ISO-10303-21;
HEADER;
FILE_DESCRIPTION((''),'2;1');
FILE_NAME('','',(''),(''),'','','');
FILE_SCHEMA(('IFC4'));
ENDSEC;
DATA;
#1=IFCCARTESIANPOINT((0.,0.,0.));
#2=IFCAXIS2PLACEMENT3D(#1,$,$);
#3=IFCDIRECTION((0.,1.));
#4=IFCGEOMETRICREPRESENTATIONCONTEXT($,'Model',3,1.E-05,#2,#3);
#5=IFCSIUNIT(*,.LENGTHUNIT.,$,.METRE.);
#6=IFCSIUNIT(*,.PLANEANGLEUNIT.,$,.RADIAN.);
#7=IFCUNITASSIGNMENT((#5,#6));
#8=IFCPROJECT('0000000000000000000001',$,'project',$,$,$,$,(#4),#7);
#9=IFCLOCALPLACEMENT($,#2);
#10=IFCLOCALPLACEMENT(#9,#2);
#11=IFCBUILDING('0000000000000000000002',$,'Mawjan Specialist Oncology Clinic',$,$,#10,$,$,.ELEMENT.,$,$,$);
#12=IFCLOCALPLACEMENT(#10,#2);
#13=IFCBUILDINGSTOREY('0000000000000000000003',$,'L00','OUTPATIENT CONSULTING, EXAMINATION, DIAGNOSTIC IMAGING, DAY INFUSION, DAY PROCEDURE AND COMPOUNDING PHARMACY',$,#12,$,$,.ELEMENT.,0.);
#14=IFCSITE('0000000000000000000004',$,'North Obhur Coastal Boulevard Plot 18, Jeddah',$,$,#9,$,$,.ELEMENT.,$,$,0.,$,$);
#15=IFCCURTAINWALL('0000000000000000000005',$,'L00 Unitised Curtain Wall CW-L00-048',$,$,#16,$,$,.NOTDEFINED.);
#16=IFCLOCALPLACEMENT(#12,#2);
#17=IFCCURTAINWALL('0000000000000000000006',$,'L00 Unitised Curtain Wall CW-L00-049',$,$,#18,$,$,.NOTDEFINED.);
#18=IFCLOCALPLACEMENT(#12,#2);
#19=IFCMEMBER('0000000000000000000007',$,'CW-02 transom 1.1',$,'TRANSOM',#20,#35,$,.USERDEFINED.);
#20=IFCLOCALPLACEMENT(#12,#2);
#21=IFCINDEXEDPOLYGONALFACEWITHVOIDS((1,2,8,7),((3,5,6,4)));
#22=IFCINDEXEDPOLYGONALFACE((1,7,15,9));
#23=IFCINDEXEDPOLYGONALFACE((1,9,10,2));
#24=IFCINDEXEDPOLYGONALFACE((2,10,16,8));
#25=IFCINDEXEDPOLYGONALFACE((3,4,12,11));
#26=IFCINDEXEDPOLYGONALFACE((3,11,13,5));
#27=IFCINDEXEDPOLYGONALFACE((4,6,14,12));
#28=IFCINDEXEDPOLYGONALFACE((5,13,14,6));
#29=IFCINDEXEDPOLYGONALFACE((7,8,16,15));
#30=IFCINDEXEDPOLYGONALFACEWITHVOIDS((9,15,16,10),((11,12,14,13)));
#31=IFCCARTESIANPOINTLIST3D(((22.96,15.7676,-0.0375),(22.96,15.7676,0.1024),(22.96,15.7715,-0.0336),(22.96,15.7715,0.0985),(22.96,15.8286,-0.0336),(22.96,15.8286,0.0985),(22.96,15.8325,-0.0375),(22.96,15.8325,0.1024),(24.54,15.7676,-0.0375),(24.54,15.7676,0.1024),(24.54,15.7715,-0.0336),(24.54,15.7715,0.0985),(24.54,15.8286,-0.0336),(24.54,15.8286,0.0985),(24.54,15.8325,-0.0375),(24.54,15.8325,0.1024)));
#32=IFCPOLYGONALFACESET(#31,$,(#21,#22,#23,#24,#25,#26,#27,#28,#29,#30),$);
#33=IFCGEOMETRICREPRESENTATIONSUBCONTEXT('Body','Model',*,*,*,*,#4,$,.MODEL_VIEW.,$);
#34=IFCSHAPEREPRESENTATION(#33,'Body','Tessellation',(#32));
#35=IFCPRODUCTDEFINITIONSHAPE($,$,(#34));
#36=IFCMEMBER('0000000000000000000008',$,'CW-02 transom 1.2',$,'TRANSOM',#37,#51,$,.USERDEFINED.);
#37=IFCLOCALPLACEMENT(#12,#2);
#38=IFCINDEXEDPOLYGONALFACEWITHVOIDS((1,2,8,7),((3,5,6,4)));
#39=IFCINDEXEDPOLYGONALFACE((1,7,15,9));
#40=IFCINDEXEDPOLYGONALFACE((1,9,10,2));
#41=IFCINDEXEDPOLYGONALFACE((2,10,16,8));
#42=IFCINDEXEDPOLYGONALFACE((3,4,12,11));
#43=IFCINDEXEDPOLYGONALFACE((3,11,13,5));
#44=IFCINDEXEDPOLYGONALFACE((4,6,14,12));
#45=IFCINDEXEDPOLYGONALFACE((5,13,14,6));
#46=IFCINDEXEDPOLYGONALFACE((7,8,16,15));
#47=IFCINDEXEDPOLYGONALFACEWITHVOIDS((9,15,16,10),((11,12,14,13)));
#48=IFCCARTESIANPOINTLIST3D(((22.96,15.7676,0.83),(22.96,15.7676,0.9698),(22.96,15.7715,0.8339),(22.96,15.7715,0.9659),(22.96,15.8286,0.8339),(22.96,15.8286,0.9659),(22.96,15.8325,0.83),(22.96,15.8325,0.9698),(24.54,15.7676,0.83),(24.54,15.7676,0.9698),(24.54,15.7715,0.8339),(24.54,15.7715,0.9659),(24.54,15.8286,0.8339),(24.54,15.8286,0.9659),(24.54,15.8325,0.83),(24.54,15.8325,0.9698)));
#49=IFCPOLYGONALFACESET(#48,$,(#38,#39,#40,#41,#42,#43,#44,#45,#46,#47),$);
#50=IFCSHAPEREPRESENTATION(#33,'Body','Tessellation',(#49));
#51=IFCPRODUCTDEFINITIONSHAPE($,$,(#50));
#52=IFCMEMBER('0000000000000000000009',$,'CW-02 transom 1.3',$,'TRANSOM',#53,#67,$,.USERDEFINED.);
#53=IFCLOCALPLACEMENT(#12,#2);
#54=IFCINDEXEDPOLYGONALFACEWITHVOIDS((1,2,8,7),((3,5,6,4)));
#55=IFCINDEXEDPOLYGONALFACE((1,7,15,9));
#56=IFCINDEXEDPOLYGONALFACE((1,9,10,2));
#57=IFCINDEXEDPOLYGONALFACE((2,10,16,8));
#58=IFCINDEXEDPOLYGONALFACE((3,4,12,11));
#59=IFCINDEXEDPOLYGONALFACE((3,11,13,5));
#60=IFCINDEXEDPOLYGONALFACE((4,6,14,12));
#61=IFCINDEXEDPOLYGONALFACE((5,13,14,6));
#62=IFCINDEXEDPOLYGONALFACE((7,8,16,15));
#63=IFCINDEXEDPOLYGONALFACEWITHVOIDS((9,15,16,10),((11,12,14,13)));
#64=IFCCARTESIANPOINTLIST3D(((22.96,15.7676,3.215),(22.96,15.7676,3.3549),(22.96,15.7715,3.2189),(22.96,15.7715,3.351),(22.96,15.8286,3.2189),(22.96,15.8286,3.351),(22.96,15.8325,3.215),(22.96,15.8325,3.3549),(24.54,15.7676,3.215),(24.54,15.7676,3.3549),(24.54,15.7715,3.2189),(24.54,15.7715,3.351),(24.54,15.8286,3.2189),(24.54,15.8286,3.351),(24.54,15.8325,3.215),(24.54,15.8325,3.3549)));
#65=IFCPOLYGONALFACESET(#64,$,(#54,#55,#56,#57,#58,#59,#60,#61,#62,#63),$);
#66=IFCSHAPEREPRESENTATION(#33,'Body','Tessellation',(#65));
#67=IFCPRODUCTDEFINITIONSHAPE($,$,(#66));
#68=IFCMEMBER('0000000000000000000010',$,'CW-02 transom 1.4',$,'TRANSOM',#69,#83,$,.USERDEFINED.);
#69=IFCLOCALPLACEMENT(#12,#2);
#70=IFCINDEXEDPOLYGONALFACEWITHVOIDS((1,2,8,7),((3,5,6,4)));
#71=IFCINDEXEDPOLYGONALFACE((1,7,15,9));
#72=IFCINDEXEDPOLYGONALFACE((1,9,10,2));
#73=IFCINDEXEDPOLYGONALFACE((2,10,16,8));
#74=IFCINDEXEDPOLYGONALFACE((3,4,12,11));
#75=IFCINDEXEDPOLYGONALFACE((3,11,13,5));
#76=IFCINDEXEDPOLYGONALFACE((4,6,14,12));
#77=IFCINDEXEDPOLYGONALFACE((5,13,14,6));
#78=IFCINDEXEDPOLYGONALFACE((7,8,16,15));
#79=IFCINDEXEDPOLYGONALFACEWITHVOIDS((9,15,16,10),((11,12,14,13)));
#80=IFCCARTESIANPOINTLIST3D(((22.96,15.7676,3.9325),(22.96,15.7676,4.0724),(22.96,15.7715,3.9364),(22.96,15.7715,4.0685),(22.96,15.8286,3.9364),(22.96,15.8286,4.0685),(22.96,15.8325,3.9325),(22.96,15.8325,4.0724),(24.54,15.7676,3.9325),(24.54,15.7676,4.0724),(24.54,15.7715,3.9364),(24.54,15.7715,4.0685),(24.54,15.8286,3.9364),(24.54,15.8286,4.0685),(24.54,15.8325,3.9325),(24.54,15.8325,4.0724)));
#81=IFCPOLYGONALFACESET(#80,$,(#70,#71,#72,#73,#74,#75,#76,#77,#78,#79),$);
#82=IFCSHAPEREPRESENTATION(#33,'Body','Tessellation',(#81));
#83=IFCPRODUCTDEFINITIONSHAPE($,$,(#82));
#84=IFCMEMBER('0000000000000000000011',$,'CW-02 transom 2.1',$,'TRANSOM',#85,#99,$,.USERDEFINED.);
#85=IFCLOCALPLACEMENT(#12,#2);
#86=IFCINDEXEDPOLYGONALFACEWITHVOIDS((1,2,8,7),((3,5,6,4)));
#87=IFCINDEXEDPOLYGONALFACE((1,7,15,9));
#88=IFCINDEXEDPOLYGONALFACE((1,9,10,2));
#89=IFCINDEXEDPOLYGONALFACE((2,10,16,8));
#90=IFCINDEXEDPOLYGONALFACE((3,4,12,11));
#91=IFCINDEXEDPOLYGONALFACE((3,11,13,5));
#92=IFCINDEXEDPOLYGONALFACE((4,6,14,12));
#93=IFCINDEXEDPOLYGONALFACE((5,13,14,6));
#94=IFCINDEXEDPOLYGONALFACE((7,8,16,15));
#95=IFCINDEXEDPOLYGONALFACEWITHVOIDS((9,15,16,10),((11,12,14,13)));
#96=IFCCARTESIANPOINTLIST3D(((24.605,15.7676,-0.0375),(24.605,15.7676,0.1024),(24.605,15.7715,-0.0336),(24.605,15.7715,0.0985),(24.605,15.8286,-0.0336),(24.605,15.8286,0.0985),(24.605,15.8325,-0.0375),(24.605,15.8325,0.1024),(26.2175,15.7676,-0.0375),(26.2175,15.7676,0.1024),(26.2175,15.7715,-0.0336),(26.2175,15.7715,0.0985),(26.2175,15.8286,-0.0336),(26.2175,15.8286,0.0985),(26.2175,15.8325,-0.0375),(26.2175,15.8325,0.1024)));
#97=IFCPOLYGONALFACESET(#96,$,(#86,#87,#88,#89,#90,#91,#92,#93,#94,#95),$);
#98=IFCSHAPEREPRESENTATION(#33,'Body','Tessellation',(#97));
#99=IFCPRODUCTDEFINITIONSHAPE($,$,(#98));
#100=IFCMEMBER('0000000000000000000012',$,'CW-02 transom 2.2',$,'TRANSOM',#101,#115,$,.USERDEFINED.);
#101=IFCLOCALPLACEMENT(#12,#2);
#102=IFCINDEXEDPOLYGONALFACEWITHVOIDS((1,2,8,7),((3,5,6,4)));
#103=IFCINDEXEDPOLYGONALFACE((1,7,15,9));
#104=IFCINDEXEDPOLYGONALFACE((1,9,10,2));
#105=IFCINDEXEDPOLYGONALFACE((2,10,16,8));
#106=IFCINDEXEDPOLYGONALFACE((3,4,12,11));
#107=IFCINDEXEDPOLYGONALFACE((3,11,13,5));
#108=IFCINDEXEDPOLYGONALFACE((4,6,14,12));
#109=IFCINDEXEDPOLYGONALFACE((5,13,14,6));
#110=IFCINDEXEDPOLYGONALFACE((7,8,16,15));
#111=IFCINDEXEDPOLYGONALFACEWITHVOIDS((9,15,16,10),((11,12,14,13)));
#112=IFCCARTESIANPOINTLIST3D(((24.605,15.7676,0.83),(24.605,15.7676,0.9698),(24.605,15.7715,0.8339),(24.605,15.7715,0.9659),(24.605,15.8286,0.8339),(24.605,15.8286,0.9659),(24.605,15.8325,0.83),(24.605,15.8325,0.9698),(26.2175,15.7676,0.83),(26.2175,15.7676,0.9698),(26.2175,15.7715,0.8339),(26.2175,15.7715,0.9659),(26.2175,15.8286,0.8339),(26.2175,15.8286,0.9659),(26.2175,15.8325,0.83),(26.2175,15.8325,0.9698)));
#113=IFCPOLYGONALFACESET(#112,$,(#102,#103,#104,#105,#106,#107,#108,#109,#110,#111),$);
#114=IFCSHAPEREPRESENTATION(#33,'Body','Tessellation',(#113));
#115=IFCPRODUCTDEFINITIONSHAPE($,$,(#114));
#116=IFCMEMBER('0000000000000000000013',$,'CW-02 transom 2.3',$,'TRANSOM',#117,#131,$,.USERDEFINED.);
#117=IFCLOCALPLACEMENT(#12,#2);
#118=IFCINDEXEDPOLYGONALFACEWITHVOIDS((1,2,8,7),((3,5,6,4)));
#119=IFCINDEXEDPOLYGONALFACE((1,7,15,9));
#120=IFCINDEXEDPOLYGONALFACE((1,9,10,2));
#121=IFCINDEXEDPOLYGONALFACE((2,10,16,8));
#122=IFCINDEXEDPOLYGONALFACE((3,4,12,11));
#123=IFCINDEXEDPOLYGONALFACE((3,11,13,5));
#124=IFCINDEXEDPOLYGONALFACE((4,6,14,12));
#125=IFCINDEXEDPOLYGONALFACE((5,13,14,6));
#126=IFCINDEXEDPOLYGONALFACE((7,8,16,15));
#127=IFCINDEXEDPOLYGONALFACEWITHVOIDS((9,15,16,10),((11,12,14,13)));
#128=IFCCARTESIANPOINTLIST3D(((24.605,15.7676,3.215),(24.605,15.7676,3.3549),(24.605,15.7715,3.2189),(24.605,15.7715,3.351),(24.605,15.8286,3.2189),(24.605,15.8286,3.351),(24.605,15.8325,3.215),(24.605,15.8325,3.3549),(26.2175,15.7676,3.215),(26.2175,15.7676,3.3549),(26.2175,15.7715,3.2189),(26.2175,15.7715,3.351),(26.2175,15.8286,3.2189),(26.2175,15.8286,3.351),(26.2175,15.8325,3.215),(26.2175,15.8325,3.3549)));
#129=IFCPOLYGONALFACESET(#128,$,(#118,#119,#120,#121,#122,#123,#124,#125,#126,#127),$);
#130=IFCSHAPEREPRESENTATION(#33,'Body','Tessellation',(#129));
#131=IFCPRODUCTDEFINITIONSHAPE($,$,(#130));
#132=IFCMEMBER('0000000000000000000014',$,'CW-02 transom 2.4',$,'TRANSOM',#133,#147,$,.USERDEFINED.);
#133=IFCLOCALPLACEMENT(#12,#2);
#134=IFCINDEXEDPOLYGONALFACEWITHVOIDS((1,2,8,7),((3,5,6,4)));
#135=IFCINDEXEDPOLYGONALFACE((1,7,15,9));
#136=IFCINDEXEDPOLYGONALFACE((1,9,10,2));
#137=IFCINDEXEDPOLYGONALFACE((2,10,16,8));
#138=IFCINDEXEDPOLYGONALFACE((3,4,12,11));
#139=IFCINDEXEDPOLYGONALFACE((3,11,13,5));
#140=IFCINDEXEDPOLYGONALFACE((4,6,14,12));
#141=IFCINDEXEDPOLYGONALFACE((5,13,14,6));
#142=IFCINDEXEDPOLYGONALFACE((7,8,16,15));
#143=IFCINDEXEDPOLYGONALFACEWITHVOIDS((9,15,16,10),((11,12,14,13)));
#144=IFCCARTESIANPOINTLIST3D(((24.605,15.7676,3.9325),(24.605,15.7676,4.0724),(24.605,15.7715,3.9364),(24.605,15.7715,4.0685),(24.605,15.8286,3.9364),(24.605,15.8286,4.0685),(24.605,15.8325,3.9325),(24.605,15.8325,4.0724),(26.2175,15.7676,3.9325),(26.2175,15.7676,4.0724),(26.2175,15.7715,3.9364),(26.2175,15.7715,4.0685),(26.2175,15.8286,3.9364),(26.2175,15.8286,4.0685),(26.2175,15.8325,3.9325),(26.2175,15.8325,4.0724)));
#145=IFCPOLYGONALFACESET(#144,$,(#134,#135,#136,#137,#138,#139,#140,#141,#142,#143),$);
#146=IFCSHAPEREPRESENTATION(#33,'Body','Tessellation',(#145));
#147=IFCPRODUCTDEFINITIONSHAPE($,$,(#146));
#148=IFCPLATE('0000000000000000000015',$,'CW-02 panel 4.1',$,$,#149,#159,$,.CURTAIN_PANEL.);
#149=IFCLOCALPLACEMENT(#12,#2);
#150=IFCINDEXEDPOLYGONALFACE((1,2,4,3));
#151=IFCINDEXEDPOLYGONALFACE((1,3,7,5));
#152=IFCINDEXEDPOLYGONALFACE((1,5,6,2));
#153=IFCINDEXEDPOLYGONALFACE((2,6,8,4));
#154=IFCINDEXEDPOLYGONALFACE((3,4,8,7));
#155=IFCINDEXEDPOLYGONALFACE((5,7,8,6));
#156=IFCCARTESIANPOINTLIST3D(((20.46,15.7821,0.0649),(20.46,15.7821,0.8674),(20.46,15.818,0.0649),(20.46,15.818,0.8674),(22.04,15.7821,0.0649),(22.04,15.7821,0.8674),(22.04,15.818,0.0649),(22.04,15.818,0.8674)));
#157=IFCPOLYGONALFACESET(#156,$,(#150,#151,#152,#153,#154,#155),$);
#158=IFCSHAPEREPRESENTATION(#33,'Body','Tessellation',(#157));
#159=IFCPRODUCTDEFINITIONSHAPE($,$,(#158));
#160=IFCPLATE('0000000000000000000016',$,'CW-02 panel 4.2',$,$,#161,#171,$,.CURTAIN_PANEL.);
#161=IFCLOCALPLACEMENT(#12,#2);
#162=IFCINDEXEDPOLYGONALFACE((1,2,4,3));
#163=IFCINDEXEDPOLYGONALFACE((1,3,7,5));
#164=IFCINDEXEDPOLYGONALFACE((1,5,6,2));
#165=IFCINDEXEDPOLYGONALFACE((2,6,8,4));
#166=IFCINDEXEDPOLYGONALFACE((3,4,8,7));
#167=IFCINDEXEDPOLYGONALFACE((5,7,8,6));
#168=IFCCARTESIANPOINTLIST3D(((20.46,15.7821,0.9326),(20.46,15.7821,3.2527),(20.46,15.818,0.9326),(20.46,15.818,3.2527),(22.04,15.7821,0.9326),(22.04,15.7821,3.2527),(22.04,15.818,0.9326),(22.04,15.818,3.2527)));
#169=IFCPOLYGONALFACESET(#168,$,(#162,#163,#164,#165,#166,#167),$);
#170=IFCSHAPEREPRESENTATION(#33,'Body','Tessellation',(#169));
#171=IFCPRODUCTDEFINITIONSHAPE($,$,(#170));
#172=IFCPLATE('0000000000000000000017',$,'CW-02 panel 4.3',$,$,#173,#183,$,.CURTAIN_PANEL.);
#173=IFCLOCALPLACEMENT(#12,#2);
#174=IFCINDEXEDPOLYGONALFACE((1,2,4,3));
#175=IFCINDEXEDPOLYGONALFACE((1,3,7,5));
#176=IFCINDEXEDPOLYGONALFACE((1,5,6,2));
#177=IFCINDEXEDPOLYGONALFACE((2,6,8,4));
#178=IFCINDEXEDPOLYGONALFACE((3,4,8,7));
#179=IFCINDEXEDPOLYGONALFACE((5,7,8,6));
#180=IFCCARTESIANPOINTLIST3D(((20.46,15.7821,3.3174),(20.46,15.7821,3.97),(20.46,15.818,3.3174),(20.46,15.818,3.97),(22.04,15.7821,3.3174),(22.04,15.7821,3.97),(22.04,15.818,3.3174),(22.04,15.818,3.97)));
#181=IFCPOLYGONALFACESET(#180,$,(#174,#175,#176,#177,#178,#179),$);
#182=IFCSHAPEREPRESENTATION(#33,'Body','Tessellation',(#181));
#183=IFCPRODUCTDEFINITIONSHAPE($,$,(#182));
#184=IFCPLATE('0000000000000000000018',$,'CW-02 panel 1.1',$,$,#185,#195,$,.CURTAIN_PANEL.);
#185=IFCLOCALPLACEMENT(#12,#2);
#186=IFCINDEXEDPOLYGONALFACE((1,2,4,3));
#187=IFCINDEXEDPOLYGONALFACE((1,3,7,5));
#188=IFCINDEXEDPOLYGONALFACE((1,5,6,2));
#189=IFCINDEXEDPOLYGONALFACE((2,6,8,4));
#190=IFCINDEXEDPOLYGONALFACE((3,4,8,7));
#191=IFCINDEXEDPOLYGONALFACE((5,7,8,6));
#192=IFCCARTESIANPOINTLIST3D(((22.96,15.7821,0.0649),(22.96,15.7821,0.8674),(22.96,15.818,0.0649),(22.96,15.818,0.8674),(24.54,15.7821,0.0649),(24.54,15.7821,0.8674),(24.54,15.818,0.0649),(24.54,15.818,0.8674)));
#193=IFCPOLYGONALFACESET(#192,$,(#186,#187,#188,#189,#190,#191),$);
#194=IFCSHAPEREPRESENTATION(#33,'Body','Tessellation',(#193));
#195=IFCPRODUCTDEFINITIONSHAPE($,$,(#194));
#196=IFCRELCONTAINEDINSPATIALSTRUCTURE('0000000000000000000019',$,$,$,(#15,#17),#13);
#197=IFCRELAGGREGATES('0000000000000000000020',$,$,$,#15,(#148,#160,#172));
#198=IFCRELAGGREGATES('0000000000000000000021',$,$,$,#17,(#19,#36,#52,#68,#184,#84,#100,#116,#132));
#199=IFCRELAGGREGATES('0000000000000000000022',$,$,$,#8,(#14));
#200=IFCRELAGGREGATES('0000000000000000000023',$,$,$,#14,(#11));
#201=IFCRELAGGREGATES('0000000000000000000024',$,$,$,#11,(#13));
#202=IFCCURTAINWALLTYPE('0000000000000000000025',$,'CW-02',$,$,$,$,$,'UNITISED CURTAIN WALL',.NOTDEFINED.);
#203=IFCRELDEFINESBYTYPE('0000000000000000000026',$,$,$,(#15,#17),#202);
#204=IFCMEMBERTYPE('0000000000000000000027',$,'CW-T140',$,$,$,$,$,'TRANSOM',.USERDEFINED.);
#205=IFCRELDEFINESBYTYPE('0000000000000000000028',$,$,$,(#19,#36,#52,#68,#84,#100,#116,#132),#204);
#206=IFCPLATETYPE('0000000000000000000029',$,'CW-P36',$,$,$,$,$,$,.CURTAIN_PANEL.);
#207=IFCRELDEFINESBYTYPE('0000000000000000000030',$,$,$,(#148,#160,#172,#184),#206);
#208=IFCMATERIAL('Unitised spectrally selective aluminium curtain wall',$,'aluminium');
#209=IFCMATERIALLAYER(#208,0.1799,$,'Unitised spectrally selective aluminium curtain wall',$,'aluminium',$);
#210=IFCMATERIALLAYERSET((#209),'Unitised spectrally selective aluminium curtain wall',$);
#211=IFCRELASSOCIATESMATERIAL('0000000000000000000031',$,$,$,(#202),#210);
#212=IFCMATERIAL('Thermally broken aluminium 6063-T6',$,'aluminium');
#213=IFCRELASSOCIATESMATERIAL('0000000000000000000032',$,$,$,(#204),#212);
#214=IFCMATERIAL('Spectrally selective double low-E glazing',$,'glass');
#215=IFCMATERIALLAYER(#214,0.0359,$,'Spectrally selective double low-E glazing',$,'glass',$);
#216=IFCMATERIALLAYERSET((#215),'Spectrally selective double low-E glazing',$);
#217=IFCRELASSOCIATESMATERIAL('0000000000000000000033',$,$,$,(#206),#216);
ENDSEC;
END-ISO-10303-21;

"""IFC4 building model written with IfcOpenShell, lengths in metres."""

from ifc_helpers import new_model, si_unit, direction, frame, origin, origin_2d, place, context, subcontext, project, spatial, rectangle, hollow_rectangle, extrude, material, layer, layer_set, material_profile, profile_set, type_object, element, aggregate, save


model = new_model("IFC4")

# Units and contexts
model_context = context("Model", 3, precision=1e-05, world=origin(), true_north=direction((0.0, 1.0)))
body_context = subcontext(model_context, "Body", "Model", "MODEL_VIEW")
ifc_project = project(units=[si_unit("LENGTHUNIT", "METRE"), si_unit("PLANEANGLEUNIT", "RADIAN")], contexts=[model_context])

# Site, building, storey
site_placement = place(None, origin())
site = spatial("IfcSite", under=ifc_project, at=site_placement, Name="North Obhur Coastal Boulevard Plot 18, Jeddah", CompositionType="ELEMENT", RefElevation=0.0)
building_placement = place(site_placement, origin())
building = spatial("IfcBuilding", under=site, at=building_placement, Name="Mawjan Specialist Oncology Clinic", CompositionType="ELEMENT")
storey_placement = place(building_placement, origin())
storey = spatial("IfcBuildingStorey", under=building, at=storey_placement, Name="L00", Description="OUTPATIENT CONSULTING, EXAMINATION, DIAGNOSTIC IMAGING, DAY INFUSION, DAY PROCEDURE AND COMPOUNDING PHARMACY", CompositionType="ELEMENT", Elevation=0.0)

# Curtain wall
ifc_material_1 = material(Name="Unitised spectrally selective aluminium curtain wall", Category="aluminium")
ifc_layer_1 = layer(ifc_material_1, 0.1799, Name="Unitised spectrally selective aluminium curtain wall", Category="aluminium")
ifc_layer_set_1 = layer_set([ifc_layer_1], Name="Unitised spectrally selective aluminium curtain wall")
curtain_wall_type = type_object("IfcCurtainWallType", Name="CW-02", ElementType="UNITISED CURTAIN WALL", PredefinedType="NOTDEFINED", material=ifc_layer_set_1)
curtain_wall_1_placement = place(storey_placement, origin())
curtain_wall_1 = element("IfcCurtainWall", 1, at=curtain_wall_1_placement, inside=storey, type_object=curtain_wall_type, Name="L00 Unitised Curtain Wall CW-L00-048", PredefinedType="NOTDEFINED")

# Curtain wall
curtain_wall_2_placement = place(storey_placement, origin())
curtain_wall_2 = element("IfcCurtainWall", 2, at=curtain_wall_2_placement, inside=storey, type_object=curtain_wall_type, Name="L00 Unitised Curtain Wall CW-L00-049", PredefinedType="NOTDEFINED")

# Members
ifc_material_2 = material(Name="Thermally broken aluminium 6063-T6", Category="aluminium")
ifc_material_profile_1 = material_profile(ifc_material_2, hollow_rectangle(XDim=0.0649, YDim=0.1399, WallThickness=0.0039, at=origin_2d()), Name="ALU TRANSOM 140x65x4", Category="aluminium")
ifc_profile_set_1 = profile_set([ifc_material_profile_1], Name="Thermally broken aluminium 6063-T6")
member_type_1 = type_object("IfcMemberType", Name="CW-T140", ElementType="TRANSOM", PredefinedType="USERDEFINED", material=ifc_profile_set_1)
member_1_placement = place(storey_placement, frame((22.96, 15.8, 0.0325), z_axis=(1.0, 0.0, 0.0), x_axis=(0.0, 1.0, 0.0)))
member_1 = element("IfcMember", 3, at=member_1_placement, type_object=member_type_1, Name="CW-02 transom 1.1", ObjectType="TRANSOM", PredefinedType="USERDEFINED", context=body_context, shape_type="SweptSolid", body=[
    extrude(hollow_rectangle(XDim=0.0649, YDim=0.1399, WallThickness=0.0039, at=origin_2d()), origin(), (0.0, 0.0, 1.0), 1.5801),
])
member_2_placement = place(storey_placement, frame((22.96, 15.8, 0.8999), z_axis=(1.0, 0.0, 0.0), x_axis=(0.0, 1.0, 0.0)))
member_2 = element("IfcMember", 4, at=member_2_placement, type_object=member_type_1, Name="CW-02 transom 1.2", ObjectType="TRANSOM", PredefinedType="USERDEFINED", context=body_context, shape_type="SweptSolid", body=[
    extrude(hollow_rectangle(XDim=0.0649, YDim=0.1399, WallThickness=0.0039, at=origin_2d()), origin(), (0.0, 0.0, 1.0), 1.5801),
])
member_3_placement = place(storey_placement, frame((22.96, 15.8, 3.2849), z_axis=(1.0, 0.0, 0.0), x_axis=(0.0, 1.0, 0.0)))
member_3 = element("IfcMember", 5, at=member_3_placement, type_object=member_type_1, Name="CW-02 transom 1.3", ObjectType="TRANSOM", PredefinedType="USERDEFINED", context=body_context, shape_type="SweptSolid", body=[
    extrude(hollow_rectangle(XDim=0.0649, YDim=0.1399, WallThickness=0.0039, at=origin_2d()), origin(), (0.0, 0.0, 1.0), 1.5801),
])
member_4_placement = place(storey_placement, frame((22.96, 15.8, 4.0024), z_axis=(1.0, 0.0, 0.0), x_axis=(0.0, 1.0, 0.0)))
member_4 = element("IfcMember", 6, at=member_4_placement, type_object=member_type_1, Name="CW-02 transom 1.4", ObjectType="TRANSOM", PredefinedType="USERDEFINED", context=body_context, shape_type="SweptSolid", body=[
    extrude(hollow_rectangle(XDim=0.0649, YDim=0.1399, WallThickness=0.0039, at=origin_2d()), origin(), (0.0, 0.0, 1.0), 1.5801),
])
member_5_placement = place(storey_placement, frame((24.605, 15.8, 0.0325), z_axis=(1.0, 0.0, 0.0), x_axis=(0.0, 1.0, 0.0)))
member_5 = element("IfcMember", 7, at=member_5_placement, type_object=member_type_1, Name="CW-02 transom 2.1", ObjectType="TRANSOM", PredefinedType="USERDEFINED", context=body_context, shape_type="SweptSolid", body=[
    extrude(hollow_rectangle(XDim=0.0649, YDim=0.1399, WallThickness=0.0039, at=origin_2d()), origin(), (0.0, 0.0, 1.0), 1.6125),
])
member_6_placement = place(storey_placement, frame((24.605, 15.8, 0.8999), z_axis=(1.0, 0.0, 0.0), x_axis=(0.0, 1.0, 0.0)))
member_6 = element("IfcMember", 8, at=member_6_placement, type_object=member_type_1, Name="CW-02 transom 2.2", ObjectType="TRANSOM", PredefinedType="USERDEFINED", context=body_context, shape_type="SweptSolid", body=[
    extrude(hollow_rectangle(XDim=0.0649, YDim=0.1399, WallThickness=0.0039, at=origin_2d()), origin(), (0.0, 0.0, 1.0), 1.6125),
])
member_7_placement = place(storey_placement, frame((24.605, 15.8, 3.2849), z_axis=(1.0, 0.0, 0.0), x_axis=(0.0, 1.0, 0.0)))
member_7 = element("IfcMember", 9, at=member_7_placement, type_object=member_type_1, Name="CW-02 transom 2.3", ObjectType="TRANSOM", PredefinedType="USERDEFINED", context=body_context, shape_type="SweptSolid", body=[
    extrude(hollow_rectangle(XDim=0.0649, YDim=0.1399, WallThickness=0.0039, at=origin_2d()), origin(), (0.0, 0.0, 1.0), 1.6125),
])
member_8_placement = place(storey_placement, frame((24.605, 15.8, 4.0024), z_axis=(1.0, 0.0, 0.0), x_axis=(0.0, 1.0, 0.0)))
member_8 = element("IfcMember", 10, at=member_8_placement, type_object=member_type_1, Name="CW-02 transom 2.4", ObjectType="TRANSOM", PredefinedType="USERDEFINED", context=body_context, shape_type="SweptSolid", body=[
    extrude(hollow_rectangle(XDim=0.0649, YDim=0.1399, WallThickness=0.0039, at=origin_2d()), origin(), (0.0, 0.0, 1.0), 1.6125),
])

# Plates
ifc_material_3 = material(Name="Spectrally selective double low-E glazing", Category="glass")
ifc_layer_2 = layer(ifc_material_3, 0.0359, Name="Spectrally selective double low-E glazing", Category="glass")
ifc_layer_set_2 = layer_set([ifc_layer_2], Name="Spectrally selective double low-E glazing")
plate_type = type_object("IfcPlateType", Name="CW-P36", PredefinedType="CURTAIN_PANEL", material=ifc_layer_set_2)
plate_1_placement = place(storey_placement, frame((21.25, 15.8, 0.0649), z_axis=(0.0, 0.0, 1.0), x_axis=(1.0, 0.0, 0.0)))
plate_1 = element("IfcPlate", 11, at=plate_1_placement, type_object=plate_type, Name="CW-02 panel 4.1", PredefinedType="CURTAIN_PANEL", context=body_context, shape_type="SweptSolid", body=[
    extrude(rectangle(XDim=1.5801, YDim=0.0359, at=origin_2d()), origin(), (0.0, 0.0, 1.0), 0.8025),
])
plate_2_placement = place(storey_placement, frame((21.25, 15.8, 0.9326), z_axis=(0.0, 0.0, 1.0), x_axis=(1.0, 0.0, 0.0)))
plate_2 = element("IfcPlate", 12, at=plate_2_placement, type_object=plate_type, Name="CW-02 panel 4.2", PredefinedType="CURTAIN_PANEL", context=body_context, shape_type="SweptSolid", body=[
    extrude(rectangle(XDim=1.5801, YDim=0.0359, at=origin_2d()), origin(), (0.0, 0.0, 1.0), 2.3201),
])
plate_3_placement = place(storey_placement, frame((21.25, 15.8, 3.3174), z_axis=(0.0, 0.0, 1.0), x_axis=(1.0, 0.0, 0.0)))
plate_3 = element("IfcPlate", 13, at=plate_3_placement, type_object=plate_type, Name="CW-02 panel 4.3", PredefinedType="CURTAIN_PANEL", context=body_context, shape_type="SweptSolid", body=[
    extrude(rectangle(XDim=1.5801, YDim=0.0359, at=origin_2d()), origin(), (0.0, 0.0, 1.0), 0.6526),
])
aggregate(curtain_wall_1, [plate_1, plate_2, plate_3])
plate_4_placement = place(storey_placement, frame((23.75, 15.8, 0.0649), z_axis=(0.0, 0.0, 1.0), x_axis=(1.0, 0.0, 0.0)))
plate_4 = element("IfcPlate", 14, at=plate_4_placement, type_object=plate_type, Name="CW-02 panel 1.1", PredefinedType="CURTAIN_PANEL", context=body_context, shape_type="SweptSolid", body=[
    extrude(rectangle(XDim=1.5801, YDim=0.0359, at=origin_2d()), origin(), (0.0, 0.0, 1.0), 0.8025),
])
aggregate(curtain_wall_2, [member_1, member_2, member_3, member_4, plate_4, member_5, member_6, member_7, member_8])

save(model, "model.ifc")
